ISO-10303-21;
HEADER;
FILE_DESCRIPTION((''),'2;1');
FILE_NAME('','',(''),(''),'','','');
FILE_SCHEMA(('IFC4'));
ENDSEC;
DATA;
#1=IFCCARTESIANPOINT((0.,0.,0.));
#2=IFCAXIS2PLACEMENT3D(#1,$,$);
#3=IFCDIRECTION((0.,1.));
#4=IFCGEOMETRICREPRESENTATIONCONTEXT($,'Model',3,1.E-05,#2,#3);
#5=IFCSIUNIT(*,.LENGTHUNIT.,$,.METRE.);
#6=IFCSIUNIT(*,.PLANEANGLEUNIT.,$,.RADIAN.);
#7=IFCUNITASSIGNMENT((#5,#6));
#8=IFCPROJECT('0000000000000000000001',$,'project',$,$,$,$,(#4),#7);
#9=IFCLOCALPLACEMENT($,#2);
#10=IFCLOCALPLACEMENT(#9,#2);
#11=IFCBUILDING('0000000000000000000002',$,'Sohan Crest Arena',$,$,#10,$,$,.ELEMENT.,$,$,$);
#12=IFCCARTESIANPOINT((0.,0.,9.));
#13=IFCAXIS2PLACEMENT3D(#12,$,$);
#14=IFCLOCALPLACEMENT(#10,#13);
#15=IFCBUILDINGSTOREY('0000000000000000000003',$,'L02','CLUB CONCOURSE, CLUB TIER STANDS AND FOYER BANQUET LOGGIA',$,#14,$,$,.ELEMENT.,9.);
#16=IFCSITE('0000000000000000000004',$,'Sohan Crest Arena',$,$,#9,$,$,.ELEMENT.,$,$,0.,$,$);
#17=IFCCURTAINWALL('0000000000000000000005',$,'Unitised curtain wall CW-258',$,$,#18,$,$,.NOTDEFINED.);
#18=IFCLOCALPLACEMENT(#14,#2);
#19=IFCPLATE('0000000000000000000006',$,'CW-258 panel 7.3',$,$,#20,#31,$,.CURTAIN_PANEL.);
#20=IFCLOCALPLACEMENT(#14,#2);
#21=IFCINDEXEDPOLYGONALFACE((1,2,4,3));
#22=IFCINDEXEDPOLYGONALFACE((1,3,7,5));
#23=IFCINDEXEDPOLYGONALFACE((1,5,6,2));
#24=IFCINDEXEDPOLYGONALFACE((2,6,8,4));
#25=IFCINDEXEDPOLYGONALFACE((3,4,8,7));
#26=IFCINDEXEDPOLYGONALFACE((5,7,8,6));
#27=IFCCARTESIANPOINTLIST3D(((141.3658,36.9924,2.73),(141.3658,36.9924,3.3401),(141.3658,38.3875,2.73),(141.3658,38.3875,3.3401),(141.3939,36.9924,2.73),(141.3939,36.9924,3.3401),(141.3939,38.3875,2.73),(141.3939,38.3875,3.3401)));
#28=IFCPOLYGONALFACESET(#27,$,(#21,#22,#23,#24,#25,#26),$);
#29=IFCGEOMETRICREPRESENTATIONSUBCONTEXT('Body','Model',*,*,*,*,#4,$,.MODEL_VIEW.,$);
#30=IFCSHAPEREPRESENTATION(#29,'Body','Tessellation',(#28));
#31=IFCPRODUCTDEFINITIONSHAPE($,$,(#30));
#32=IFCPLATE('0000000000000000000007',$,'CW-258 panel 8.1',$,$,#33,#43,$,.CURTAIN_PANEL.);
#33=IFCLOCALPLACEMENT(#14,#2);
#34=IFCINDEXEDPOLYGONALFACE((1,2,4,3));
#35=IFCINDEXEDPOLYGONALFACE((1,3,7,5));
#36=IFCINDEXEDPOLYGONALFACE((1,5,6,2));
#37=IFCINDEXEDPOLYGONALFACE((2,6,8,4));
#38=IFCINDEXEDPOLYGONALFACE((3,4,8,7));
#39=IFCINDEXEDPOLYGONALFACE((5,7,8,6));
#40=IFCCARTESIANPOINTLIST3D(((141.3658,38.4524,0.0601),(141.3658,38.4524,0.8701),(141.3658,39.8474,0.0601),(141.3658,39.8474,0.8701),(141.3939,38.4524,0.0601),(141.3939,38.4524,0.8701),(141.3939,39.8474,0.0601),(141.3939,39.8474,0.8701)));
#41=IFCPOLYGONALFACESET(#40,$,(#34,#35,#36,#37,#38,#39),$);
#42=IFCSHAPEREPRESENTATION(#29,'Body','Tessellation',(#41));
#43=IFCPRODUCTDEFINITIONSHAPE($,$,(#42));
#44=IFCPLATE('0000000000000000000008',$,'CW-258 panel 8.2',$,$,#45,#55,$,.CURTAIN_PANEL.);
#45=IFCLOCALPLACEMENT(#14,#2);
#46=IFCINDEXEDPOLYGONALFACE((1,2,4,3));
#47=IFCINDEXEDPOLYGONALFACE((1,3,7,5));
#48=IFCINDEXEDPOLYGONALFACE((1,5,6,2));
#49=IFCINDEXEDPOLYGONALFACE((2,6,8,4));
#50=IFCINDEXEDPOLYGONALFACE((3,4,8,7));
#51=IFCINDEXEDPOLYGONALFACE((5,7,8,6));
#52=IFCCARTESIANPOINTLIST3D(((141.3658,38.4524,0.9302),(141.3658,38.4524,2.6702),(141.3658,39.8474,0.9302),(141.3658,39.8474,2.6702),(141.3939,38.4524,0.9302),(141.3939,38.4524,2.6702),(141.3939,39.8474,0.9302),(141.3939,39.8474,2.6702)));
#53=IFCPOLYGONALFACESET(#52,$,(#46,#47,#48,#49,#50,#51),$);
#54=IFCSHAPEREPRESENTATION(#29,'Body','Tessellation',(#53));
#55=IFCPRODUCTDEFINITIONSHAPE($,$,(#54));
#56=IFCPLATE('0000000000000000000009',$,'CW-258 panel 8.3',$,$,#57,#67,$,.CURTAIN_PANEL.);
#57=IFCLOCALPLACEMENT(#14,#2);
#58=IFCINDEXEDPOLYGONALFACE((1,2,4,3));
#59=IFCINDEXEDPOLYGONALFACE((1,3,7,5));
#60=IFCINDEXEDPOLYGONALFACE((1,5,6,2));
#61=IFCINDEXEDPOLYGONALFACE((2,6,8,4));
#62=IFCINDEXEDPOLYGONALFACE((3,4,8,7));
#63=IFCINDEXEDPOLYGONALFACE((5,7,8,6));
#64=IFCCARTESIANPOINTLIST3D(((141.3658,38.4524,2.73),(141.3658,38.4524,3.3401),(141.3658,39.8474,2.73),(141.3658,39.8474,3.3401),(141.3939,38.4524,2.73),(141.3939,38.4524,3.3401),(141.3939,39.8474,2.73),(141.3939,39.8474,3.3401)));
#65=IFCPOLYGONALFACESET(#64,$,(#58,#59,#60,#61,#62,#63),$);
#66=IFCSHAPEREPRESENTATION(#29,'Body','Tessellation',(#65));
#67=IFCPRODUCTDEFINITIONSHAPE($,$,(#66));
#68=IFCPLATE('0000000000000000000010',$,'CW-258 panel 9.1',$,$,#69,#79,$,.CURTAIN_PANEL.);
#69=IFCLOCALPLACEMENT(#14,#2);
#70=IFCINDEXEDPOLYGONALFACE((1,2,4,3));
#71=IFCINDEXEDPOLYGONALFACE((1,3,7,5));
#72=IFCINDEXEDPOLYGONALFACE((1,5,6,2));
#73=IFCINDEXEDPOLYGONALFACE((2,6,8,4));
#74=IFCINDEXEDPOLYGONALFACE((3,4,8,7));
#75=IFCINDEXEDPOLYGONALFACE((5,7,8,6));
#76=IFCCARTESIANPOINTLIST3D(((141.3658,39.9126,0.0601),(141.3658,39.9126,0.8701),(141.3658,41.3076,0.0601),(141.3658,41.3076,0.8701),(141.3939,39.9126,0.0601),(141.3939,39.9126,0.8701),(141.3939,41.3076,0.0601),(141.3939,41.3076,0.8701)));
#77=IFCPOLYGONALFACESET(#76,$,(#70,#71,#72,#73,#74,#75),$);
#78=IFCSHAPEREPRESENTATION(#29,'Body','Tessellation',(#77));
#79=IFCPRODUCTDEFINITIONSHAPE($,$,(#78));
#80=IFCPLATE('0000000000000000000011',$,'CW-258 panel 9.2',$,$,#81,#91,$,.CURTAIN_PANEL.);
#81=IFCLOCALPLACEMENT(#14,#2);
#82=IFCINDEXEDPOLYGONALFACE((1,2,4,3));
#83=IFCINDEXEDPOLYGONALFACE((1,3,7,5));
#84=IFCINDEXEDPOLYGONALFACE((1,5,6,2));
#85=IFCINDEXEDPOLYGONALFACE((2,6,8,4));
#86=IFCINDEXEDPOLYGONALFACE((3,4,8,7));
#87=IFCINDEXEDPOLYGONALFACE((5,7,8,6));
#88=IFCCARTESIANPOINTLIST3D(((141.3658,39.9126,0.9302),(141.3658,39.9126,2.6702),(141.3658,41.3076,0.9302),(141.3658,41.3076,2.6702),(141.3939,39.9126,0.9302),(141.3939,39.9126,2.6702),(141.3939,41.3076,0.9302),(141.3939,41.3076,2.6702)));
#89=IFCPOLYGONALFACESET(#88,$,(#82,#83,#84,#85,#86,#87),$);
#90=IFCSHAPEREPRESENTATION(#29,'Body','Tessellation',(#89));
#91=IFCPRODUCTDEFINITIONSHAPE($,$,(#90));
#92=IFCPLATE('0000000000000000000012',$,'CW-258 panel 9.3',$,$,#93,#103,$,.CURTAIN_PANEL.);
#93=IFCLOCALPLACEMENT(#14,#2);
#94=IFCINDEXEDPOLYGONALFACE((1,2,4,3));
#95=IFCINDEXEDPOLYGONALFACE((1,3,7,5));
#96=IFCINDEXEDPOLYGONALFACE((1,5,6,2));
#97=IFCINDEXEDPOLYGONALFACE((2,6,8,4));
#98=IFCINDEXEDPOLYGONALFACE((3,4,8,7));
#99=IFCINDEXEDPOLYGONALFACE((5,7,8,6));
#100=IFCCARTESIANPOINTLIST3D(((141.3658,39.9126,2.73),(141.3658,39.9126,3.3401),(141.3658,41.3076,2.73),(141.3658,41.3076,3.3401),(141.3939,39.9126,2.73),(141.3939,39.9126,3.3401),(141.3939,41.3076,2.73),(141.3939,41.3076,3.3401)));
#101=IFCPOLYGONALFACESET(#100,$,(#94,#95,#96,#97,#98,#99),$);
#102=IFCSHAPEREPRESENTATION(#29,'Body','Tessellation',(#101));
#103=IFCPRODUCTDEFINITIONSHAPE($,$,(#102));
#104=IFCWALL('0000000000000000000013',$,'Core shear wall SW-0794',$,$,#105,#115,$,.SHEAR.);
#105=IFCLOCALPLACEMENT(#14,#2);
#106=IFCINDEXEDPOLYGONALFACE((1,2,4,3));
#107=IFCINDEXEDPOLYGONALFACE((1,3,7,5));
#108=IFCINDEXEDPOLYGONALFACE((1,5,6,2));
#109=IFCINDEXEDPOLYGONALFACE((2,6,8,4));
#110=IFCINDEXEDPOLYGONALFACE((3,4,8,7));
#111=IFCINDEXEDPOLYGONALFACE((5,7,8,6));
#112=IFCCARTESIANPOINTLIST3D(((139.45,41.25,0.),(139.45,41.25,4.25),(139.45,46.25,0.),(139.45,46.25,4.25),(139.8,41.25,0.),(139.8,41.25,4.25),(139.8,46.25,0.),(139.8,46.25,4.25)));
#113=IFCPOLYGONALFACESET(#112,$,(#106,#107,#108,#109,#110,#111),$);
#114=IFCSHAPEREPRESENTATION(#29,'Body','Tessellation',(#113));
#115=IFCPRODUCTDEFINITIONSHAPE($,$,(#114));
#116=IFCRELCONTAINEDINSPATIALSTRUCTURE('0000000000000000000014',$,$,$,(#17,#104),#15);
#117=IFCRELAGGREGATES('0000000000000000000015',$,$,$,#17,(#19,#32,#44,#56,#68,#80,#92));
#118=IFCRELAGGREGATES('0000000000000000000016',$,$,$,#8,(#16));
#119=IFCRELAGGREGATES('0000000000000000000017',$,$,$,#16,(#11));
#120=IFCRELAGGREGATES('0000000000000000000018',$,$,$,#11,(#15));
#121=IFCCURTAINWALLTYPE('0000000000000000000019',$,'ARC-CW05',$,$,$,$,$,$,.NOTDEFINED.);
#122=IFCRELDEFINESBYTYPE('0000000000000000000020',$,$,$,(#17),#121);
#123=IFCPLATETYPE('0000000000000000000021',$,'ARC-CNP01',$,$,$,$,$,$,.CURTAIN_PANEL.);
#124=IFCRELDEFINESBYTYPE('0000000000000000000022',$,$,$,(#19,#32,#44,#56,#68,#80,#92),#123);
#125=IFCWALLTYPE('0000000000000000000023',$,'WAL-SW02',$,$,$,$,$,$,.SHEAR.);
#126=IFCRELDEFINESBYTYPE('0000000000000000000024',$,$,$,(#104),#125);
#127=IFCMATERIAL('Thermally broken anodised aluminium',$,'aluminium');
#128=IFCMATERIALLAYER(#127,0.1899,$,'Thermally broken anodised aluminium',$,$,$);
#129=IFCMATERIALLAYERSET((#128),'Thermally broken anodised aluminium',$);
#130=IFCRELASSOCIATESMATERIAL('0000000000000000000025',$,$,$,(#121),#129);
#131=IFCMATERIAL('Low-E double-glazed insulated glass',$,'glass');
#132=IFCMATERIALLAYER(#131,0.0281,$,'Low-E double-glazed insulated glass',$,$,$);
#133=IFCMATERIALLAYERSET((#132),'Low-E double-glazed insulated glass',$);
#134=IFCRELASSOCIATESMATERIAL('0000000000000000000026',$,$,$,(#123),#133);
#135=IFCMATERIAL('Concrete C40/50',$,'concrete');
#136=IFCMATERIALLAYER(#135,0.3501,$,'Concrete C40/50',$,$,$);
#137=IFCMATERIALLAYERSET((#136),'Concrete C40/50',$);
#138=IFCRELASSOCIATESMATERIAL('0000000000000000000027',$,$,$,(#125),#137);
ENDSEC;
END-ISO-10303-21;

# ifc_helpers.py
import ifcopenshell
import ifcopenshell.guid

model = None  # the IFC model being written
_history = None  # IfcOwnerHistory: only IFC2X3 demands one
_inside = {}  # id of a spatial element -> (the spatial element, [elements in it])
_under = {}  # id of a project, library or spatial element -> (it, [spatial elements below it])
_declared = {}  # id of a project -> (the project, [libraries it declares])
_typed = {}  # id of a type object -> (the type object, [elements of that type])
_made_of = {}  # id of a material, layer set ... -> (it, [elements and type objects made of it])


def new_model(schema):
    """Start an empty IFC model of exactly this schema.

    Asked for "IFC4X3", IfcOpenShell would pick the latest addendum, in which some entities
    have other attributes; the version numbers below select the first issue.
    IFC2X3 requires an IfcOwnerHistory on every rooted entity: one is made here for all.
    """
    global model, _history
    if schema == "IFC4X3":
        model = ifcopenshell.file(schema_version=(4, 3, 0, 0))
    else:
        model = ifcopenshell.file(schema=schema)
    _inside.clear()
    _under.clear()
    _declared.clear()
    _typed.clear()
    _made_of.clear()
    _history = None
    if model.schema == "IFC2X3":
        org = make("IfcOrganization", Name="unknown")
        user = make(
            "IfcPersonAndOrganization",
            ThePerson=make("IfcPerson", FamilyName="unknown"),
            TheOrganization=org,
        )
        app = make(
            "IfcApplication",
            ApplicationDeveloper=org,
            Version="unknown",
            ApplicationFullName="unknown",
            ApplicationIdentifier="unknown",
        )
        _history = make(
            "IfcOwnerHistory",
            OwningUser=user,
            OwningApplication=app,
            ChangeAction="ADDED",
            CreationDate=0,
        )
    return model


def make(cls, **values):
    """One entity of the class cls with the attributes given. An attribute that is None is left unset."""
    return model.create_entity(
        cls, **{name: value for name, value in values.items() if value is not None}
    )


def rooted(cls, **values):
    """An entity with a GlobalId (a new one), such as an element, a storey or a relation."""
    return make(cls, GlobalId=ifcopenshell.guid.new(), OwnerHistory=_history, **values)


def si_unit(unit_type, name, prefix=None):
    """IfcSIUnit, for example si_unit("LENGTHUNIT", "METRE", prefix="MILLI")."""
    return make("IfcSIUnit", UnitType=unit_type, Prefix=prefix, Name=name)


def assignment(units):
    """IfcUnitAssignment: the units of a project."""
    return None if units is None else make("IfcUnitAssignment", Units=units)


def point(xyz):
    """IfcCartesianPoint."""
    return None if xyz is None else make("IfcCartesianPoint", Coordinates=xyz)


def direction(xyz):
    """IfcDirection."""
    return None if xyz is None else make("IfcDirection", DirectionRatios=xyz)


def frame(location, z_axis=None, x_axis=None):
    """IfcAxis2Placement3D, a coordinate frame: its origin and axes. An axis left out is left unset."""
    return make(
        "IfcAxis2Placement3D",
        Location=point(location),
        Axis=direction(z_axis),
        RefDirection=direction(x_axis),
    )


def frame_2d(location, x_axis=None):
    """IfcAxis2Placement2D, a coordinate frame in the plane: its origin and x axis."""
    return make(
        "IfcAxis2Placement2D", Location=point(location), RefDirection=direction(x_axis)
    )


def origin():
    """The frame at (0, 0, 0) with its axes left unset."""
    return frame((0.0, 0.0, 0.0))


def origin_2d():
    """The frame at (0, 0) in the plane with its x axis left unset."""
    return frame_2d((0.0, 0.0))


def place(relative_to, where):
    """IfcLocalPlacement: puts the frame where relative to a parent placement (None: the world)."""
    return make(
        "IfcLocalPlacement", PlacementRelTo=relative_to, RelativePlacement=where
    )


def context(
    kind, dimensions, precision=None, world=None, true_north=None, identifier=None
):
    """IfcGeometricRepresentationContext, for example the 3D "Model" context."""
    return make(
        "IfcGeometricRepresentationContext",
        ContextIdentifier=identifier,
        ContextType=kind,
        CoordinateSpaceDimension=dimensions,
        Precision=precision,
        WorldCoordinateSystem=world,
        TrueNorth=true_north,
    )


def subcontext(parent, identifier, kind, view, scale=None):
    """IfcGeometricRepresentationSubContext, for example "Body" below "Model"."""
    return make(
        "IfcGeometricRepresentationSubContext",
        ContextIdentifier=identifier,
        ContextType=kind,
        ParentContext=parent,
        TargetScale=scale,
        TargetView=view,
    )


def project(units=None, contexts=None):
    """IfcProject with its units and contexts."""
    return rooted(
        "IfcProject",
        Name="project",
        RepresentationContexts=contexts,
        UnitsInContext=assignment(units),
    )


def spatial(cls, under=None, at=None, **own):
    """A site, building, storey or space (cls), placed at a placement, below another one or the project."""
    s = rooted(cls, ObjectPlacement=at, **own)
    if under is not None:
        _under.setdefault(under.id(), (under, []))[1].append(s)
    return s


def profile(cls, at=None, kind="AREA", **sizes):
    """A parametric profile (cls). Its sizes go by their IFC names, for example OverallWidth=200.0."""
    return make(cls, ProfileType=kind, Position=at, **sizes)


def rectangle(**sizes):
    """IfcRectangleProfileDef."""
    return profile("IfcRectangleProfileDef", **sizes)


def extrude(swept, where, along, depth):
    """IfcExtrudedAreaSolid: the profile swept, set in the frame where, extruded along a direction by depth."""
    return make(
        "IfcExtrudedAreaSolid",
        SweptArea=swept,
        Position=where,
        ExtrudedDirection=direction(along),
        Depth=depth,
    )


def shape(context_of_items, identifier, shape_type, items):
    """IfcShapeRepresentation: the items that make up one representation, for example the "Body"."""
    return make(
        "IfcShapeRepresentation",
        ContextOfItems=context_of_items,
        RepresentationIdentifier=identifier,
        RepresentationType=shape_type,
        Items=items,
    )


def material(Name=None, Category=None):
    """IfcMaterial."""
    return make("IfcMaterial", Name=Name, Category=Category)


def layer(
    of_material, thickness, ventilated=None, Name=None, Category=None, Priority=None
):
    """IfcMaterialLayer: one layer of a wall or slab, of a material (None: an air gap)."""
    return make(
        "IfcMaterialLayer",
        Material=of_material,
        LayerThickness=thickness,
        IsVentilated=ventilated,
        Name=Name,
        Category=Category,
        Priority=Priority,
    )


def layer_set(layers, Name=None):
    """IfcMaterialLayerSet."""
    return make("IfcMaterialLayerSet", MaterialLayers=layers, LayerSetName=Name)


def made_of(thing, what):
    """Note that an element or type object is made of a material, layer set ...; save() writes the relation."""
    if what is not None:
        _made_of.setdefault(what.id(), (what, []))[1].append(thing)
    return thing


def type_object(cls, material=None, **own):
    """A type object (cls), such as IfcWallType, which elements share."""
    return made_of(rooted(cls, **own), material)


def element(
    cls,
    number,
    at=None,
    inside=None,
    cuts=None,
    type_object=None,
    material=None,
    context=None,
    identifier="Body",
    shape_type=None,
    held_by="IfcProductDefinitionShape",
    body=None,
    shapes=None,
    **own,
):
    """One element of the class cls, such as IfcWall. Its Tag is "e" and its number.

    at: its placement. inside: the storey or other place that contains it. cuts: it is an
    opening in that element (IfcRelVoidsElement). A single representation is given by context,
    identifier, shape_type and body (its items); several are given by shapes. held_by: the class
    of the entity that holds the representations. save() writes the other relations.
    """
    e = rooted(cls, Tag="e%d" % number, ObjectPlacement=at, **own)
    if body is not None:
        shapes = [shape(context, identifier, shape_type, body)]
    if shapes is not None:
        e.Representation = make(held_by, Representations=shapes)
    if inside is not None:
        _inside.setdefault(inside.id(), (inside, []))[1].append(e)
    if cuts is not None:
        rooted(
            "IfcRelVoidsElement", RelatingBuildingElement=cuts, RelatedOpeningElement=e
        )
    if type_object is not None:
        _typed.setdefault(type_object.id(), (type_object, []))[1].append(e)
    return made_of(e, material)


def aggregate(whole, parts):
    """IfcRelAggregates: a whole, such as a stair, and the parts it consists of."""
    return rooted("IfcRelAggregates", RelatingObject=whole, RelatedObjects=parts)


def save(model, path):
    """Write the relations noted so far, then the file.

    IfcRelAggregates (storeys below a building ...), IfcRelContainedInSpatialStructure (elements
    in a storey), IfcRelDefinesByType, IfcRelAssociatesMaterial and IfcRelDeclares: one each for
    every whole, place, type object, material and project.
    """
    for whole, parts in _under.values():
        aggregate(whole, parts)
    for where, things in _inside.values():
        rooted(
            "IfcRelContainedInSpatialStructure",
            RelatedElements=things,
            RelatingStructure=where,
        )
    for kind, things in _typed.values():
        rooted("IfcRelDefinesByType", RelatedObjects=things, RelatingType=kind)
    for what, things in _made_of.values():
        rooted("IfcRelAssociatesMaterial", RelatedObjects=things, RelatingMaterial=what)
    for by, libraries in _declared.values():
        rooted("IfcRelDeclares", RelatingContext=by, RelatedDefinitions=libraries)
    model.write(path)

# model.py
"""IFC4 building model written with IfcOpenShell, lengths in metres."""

from ifc_helpers import new_model, si_unit, direction, frame, frame_2d, origin, origin_2d, place, context, subcontext, project, spatial, rectangle, extrude, material, layer, layer_set, type_object, element, aggregate, save


model = new_model("IFC4")

# Units and contexts
model_context = context("Model", 3, precision=1e-05, world=origin(), true_north=direction((0.0, 1.0)))
body_context = subcontext(model_context, "Body", "Model", "MODEL_VIEW")
ifc_project = project(units=[si_unit("LENGTHUNIT", "METRE"), si_unit("PLANEANGLEUNIT", "RADIAN")], contexts=[model_context])

# Site, building, storey
site_placement = place(None, origin())
site = spatial("IfcSite", under=ifc_project, at=site_placement, Name="Sohan Crest Arena", CompositionType="ELEMENT", RefElevation=0.0)
building_placement = place(site_placement, origin())
building = spatial("IfcBuilding", under=site, at=building_placement, Name="Sohan Crest Arena", CompositionType="ELEMENT")
storey_placement = place(building_placement, frame((0.0, 0.0, 9.0)))
storey = spatial("IfcBuildingStorey", under=building, at=storey_placement, Name="L02", Description="CLUB CONCOURSE, CLUB TIER STANDS AND FOYER BANQUET LOGGIA", CompositionType="ELEMENT", Elevation=9.0)

# Shared definitions
ifc_material_1 = material(Name="Thermally broken anodised aluminium", Category="aluminium")
ifc_layer_1 = layer(ifc_material_1, 0.1899, Name="Thermally broken anodised aluminium")
ifc_layer_set_1 = layer_set([ifc_layer_1], Name="Thermally broken anodised aluminium")
curtain_wall_type = type_object("IfcCurtainWallType", Name="ARC-CW05", PredefinedType="NOTDEFINED", material=ifc_layer_set_1)

# Curtain wall
curtain_wall_1_placement = place(storey_placement, origin())
curtain_wall_1 = element("IfcCurtainWall", 1, at=curtain_wall_1_placement, inside=storey, type_object=curtain_wall_type, Name="Unitised curtain wall CW-258", PredefinedType="NOTDEFINED")

# Plates
ifc_material_2 = material(Name="Low-E double-glazed insulated glass", Category="glass")
ifc_layer_2 = layer(ifc_material_2, 0.0281, Name="Low-E double-glazed insulated glass")
ifc_layer_set_2 = layer_set([ifc_layer_2], Name="Low-E double-glazed insulated glass")
plate_type = type_object("IfcPlateType", Name="ARC-CNP01", PredefinedType="CURTAIN_PANEL", material=ifc_layer_set_2)
plate_1_placement = place(storey_placement, frame((141.3799, 37.6899, 2.73), z_axis=(0.0, 0.0, 1.0), x_axis=(0.0, 1.0, 0.0)))
plate_1 = element("IfcPlate", 2, at=plate_1_placement, type_object=plate_type, Name="CW-258 panel 7.3", PredefinedType="CURTAIN_PANEL", context=body_context, shape_type="SweptSolid", body=[
    extrude(rectangle(XDim=1.395, YDim=0.0281, at=origin_2d()), origin(), (0.0, 0.0, 1.0), 0.6101),
])
plate_2_placement = place(storey_placement, frame((141.3799, 39.1499, 0.0601), z_axis=(0.0, 0.0, 1.0), x_axis=(0.0, 1.0, 0.0)))
plate_2 = element("IfcPlate", 3, at=plate_2_placement, type_object=plate_type, Name="CW-258 panel 8.1", PredefinedType="CURTAIN_PANEL", context=body_context, shape_type="SweptSolid", body=[
    extrude(rectangle(XDim=1.395, YDim=0.0281, at=origin_2d()), origin(), (0.0, 0.0, 1.0), 0.8101),
])
plate_3_placement = place(storey_placement, frame((141.3799, 39.1499, 0.9302), z_axis=(0.0, 0.0, 1.0), x_axis=(0.0, 1.0, 0.0)))
plate_3 = element("IfcPlate", 4, at=plate_3_placement, type_object=plate_type, Name="CW-258 panel 8.2", PredefinedType="CURTAIN_PANEL", context=body_context, shape_type="SweptSolid", body=[
    extrude(rectangle(XDim=1.395, YDim=0.0281, at=origin_2d()), origin(), (0.0, 0.0, 1.0), 1.74),
])
plate_4_placement = place(storey_placement, frame((141.3799, 39.1499, 2.73), z_axis=(0.0, 0.0, 1.0), x_axis=(0.0, 1.0, 0.0)))
plate_4 = element("IfcPlate", 5, at=plate_4_placement, type_object=plate_type, Name="CW-258 panel 8.3", PredefinedType="CURTAIN_PANEL", context=body_context, shape_type="SweptSolid", body=[
    extrude(rectangle(XDim=1.395, YDim=0.0281, at=origin_2d()), origin(), (0.0, 0.0, 1.0), 0.6101),
])
plate_5_placement = place(storey_placement, frame((141.3799, 40.6101, 0.0601), z_axis=(0.0, 0.0, 1.0), x_axis=(0.0, 1.0, 0.0)))
plate_5 = element("IfcPlate", 6, at=plate_5_placement, type_object=plate_type, Name="CW-258 panel 9.1", PredefinedType="CURTAIN_PANEL", context=body_context, shape_type="SweptSolid", body=[
    extrude(rectangle(XDim=1.395, YDim=0.0281, at=origin_2d()), origin(), (0.0, 0.0, 1.0), 0.8101),
])
plate_6_placement = place(storey_placement, frame((141.3799, 40.6101, 0.9302), z_axis=(0.0, 0.0, 1.0), x_axis=(0.0, 1.0, 0.0)))
plate_6 = element("IfcPlate", 7, at=plate_6_placement, type_object=plate_type, Name="CW-258 panel 9.2", PredefinedType="CURTAIN_PANEL", context=body_context, shape_type="SweptSolid", body=[
    extrude(rectangle(XDim=1.395, YDim=0.0281, at=origin_2d()), origin(), (0.0, 0.0, 1.0), 1.74),
])
plate_7_placement = place(storey_placement, frame((141.3799, 40.6101, 2.73), z_axis=(0.0, 0.0, 1.0), x_axis=(0.0, 1.0, 0.0)))
plate_7 = element("IfcPlate", 8, at=plate_7_placement, type_object=plate_type, Name="CW-258 panel 9.3", PredefinedType="CURTAIN_PANEL", context=body_context, shape_type="SweptSolid", body=[
    extrude(rectangle(XDim=1.395, YDim=0.0281, at=origin_2d()), origin(), (0.0, 0.0, 1.0), 0.6101),
])
aggregate(curtain_wall_1, [plate_1, plate_2, plate_3, plate_4, plate_5, plate_6, plate_7])

# Wall
ifc_material_3 = material(Name="Concrete C40/50", Category="concrete")
ifc_layer_3 = layer(ifc_material_3, 0.3501, Name="Concrete C40/50")
ifc_layer_set_3 = layer_set([ifc_layer_3], Name="Concrete C40/50")
wall_type = type_object("IfcWallType", Name="WAL-SW02", PredefinedType="SHEAR", material=ifc_layer_set_3)
wall_placement = place(storey_placement, frame((139.625, 41.25, 0.0), z_axis=(0.0, 0.0, 1.0), x_axis=(0.0, 1.0, 0.0)))
element("IfcWall", 9, at=wall_placement, inside=storey, type_object=wall_type, Name="Core shear wall SW-0794", PredefinedType="SHEAR", context=body_context, shape_type="SweptSolid", body=[
    extrude(rectangle(XDim=5.0, YDim=0.3501, at=frame_2d((2.5, 0.0))), origin(), (0.0, 0.0, 1.0), 4.25),
])

save(model, "model.ifc")
